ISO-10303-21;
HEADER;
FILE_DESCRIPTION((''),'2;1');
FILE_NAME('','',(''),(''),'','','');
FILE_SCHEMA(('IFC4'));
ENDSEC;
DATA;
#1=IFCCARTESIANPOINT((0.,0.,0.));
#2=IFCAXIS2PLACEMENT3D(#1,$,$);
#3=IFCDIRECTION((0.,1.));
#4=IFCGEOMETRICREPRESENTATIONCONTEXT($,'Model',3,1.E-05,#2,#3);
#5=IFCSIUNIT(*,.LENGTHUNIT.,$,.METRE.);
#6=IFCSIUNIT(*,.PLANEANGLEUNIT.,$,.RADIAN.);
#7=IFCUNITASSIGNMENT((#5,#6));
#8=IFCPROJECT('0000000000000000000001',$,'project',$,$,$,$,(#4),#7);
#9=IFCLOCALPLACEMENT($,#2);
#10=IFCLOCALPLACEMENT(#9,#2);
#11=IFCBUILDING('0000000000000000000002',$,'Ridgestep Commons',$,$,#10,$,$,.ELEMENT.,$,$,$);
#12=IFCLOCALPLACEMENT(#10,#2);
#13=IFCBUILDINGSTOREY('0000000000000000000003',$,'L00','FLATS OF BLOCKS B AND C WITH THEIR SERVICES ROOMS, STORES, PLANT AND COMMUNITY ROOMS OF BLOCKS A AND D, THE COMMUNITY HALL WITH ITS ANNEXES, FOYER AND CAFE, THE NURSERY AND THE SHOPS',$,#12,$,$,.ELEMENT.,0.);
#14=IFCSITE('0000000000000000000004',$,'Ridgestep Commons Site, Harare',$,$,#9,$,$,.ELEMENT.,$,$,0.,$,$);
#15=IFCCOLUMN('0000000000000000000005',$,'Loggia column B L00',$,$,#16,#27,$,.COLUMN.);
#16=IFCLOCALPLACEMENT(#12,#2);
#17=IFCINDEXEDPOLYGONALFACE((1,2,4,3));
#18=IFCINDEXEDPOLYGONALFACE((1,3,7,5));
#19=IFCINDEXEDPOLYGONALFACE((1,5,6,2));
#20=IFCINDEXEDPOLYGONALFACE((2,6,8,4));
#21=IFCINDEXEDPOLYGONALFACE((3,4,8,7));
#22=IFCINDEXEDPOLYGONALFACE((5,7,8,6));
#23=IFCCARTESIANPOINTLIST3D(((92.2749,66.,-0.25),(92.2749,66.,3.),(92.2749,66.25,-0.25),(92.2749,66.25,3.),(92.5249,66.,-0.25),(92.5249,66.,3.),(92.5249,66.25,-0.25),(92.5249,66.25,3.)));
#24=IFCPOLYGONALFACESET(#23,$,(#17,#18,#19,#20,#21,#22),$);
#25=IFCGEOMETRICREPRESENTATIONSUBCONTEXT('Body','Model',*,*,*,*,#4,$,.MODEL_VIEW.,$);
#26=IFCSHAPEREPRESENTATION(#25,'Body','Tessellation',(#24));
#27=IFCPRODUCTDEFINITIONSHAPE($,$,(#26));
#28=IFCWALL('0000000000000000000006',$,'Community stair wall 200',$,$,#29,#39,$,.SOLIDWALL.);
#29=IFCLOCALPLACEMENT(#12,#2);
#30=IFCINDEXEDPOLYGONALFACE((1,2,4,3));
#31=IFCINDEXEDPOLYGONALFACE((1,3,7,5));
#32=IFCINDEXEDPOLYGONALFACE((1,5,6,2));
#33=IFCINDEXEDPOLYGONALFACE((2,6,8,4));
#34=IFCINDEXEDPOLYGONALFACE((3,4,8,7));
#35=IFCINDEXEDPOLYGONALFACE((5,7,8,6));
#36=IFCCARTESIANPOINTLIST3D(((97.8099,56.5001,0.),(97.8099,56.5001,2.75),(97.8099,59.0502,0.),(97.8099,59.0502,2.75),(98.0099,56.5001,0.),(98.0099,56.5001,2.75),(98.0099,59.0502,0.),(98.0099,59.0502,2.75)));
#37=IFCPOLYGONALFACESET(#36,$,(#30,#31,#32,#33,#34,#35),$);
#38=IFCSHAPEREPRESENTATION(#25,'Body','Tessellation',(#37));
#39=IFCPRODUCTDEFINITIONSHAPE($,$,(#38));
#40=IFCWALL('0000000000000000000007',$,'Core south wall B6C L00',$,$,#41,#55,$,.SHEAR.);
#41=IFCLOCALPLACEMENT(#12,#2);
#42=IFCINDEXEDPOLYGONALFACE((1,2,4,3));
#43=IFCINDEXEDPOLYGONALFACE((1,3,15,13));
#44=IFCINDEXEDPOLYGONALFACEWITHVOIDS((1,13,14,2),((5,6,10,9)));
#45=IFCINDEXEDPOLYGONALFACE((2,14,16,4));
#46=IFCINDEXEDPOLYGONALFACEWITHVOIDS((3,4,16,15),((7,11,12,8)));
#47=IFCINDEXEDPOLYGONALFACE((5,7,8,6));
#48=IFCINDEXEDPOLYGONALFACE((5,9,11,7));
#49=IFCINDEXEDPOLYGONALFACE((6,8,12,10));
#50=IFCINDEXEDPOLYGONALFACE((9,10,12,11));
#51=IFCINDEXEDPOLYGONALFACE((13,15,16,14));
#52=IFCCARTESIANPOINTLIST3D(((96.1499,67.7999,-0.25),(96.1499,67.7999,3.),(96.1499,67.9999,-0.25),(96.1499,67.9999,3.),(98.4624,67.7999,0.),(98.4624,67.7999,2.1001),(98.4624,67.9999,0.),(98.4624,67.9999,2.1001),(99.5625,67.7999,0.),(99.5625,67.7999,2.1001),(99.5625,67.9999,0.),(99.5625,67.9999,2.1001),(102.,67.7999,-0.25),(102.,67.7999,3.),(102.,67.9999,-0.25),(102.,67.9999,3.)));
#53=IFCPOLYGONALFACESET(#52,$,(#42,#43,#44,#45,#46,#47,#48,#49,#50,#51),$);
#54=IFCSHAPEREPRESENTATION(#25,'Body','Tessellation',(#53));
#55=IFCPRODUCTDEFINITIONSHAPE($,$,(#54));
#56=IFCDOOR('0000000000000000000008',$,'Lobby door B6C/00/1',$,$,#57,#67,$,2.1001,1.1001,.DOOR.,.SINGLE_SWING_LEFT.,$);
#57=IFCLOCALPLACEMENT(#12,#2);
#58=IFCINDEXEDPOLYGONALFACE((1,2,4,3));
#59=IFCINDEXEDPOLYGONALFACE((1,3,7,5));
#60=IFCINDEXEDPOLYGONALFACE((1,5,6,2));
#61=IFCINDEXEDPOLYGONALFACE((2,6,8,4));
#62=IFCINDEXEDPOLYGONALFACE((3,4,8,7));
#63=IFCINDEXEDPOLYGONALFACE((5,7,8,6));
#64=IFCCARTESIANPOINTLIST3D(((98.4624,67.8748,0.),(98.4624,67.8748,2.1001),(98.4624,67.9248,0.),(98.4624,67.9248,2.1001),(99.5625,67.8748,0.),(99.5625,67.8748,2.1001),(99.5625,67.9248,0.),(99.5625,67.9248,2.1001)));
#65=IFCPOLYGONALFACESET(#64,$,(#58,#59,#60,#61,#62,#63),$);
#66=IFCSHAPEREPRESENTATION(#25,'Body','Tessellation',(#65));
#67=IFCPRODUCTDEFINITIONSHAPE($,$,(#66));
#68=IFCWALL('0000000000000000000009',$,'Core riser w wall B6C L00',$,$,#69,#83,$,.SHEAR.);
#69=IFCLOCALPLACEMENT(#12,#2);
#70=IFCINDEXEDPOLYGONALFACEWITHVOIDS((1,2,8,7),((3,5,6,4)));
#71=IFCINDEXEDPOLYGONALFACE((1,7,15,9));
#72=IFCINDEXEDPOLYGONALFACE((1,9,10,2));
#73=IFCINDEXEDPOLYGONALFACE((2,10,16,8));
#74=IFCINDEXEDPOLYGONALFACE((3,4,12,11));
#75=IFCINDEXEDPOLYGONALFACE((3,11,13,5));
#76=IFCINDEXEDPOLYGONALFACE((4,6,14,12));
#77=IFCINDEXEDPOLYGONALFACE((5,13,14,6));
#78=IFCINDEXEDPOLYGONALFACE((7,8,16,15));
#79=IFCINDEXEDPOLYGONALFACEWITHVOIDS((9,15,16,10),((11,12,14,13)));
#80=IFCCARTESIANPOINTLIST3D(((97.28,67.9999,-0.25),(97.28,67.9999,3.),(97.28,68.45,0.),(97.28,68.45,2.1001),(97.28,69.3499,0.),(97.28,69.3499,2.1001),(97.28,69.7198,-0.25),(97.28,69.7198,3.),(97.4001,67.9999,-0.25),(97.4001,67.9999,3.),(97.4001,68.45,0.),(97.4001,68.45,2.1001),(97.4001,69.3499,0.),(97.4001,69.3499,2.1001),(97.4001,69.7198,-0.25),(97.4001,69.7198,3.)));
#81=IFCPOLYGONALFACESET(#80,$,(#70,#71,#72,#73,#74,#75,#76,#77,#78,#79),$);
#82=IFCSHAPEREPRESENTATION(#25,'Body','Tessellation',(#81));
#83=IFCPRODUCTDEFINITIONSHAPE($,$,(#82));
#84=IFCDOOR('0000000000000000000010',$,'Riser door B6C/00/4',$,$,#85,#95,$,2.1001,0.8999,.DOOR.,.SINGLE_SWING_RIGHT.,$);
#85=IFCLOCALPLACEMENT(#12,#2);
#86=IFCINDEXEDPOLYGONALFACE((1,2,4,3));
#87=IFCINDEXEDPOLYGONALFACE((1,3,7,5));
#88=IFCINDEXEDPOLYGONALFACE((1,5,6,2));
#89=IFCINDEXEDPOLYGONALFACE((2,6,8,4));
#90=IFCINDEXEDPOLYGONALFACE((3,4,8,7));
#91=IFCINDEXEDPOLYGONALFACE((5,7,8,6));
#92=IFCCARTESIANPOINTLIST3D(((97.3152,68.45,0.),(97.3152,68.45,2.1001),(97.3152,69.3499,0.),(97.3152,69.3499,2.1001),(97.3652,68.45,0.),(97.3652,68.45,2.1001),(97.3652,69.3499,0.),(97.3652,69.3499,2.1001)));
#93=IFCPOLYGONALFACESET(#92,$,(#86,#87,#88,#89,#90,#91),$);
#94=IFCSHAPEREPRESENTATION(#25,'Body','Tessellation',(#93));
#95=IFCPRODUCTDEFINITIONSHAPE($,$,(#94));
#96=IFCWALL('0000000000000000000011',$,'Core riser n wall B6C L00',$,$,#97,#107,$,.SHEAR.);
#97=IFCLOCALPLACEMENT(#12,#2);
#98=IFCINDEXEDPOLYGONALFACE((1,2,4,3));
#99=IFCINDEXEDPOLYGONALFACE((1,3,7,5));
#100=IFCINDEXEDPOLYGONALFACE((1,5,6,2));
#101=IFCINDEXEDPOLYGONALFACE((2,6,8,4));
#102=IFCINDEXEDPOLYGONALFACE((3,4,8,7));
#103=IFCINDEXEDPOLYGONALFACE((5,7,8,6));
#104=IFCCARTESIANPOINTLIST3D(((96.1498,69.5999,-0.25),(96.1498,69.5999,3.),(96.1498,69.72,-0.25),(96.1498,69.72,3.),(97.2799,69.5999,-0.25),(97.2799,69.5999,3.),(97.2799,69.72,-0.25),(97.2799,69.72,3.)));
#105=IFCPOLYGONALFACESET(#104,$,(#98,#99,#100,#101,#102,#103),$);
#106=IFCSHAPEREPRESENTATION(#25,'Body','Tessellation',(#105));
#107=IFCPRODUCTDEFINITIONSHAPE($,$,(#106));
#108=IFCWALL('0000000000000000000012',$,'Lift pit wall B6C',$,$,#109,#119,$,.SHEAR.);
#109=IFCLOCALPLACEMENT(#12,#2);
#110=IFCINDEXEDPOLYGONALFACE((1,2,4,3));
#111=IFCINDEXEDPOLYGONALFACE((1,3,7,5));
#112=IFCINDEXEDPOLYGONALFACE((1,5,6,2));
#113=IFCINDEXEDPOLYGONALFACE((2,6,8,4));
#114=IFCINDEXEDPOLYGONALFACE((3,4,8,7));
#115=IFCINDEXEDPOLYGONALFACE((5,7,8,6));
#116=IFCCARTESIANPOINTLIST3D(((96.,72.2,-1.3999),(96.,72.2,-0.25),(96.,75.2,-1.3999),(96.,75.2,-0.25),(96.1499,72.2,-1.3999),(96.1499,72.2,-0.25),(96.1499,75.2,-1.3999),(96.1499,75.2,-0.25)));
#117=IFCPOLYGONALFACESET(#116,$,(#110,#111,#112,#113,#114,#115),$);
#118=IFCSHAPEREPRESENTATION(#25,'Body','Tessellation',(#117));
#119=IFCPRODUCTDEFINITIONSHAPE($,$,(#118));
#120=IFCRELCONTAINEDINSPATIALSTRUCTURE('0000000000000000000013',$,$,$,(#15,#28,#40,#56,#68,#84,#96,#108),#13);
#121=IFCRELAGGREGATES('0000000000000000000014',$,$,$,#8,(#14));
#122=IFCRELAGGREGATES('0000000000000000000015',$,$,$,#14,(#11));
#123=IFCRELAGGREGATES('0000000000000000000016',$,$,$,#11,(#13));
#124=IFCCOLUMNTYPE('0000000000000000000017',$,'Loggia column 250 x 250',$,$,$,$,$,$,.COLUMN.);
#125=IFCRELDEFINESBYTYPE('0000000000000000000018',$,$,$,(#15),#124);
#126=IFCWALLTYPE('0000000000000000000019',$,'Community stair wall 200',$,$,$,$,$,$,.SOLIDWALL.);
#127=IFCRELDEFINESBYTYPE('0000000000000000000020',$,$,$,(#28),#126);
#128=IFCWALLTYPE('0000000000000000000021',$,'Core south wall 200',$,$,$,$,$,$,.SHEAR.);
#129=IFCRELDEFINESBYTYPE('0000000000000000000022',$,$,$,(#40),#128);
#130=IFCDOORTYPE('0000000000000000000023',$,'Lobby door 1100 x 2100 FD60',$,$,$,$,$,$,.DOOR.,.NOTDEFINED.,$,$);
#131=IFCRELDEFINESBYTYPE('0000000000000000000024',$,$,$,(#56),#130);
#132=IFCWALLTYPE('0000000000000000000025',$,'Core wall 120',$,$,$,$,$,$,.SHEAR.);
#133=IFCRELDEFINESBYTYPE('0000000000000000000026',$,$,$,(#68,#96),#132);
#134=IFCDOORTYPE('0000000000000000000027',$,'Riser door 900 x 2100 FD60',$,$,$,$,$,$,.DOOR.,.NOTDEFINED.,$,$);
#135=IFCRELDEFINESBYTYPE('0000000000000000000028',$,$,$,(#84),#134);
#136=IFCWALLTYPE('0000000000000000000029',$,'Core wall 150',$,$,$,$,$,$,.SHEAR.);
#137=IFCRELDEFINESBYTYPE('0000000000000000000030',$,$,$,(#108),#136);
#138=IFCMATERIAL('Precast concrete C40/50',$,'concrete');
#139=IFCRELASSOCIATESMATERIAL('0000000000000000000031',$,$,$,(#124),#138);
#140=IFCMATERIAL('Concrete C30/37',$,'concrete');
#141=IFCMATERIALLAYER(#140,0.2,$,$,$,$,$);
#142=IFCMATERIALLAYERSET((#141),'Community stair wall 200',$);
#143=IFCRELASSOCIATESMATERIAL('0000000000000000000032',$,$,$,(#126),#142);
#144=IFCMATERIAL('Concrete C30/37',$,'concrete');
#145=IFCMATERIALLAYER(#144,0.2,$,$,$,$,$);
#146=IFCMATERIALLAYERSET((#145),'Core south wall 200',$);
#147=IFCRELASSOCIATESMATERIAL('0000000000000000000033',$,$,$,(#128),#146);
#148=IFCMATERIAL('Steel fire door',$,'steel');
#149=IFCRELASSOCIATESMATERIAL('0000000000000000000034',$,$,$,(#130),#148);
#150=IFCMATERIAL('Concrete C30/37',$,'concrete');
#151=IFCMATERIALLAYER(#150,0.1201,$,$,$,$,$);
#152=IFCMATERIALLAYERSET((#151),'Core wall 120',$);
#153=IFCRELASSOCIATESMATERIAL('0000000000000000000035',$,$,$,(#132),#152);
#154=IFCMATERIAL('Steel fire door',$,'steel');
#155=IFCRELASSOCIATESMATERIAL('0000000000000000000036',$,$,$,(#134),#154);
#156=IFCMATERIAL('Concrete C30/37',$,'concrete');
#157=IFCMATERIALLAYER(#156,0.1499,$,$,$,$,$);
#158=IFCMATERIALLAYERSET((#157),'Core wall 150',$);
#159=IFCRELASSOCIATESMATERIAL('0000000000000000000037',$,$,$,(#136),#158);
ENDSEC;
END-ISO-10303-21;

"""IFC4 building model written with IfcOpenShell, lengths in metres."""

from ifc_helpers import new_model, si_unit, direction, frame, frame_2d, origin, origin_2d, place, context, subcontext, project, spatial, rectangle, extrude, material, layer, layer_set, material_profile, profile_set, type_object, element, fill, save


model = new_model("IFC4")

# Units and contexts
model_context = context("Model", 3, precision=1e-05, world=origin(), true_north=direction((0.0, 1.0)))
body_context = subcontext(model_context, "Body", "Model", "MODEL_VIEW")
ifc_project = project(units=[si_unit("LENGTHUNIT", "METRE"), si_unit("PLANEANGLEUNIT", "RADIAN")], contexts=[model_context])

# Site, building, storey
site_placement = place(None, origin())
site = spatial("IfcSite", under=ifc_project, at=site_placement, Name="Ridgestep Commons Site, Harare", CompositionType="ELEMENT", RefElevation=0.0)
building_placement = place(site_placement, origin())
building = spatial("IfcBuilding", under=site, at=building_placement, Name="Ridgestep Commons", CompositionType="ELEMENT")
storey_placement = place(building_placement, origin())
storey = spatial("IfcBuildingStorey", under=building, at=storey_placement, Name="L00", Description="FLATS OF BLOCKS B AND C WITH THEIR SERVICES ROOMS, STORES, PLANT AND COMMUNITY ROOMS OF BLOCKS A AND D, THE COMMUNITY HALL WITH ITS ANNEXES, FOYER AND CAFE, THE NURSERY AND THE SHOPS", CompositionType="ELEMENT", Elevation=0.0)

# Column
ifc_material_1 = material(Name="Precast concrete C40/50", Category="concrete")
ifc_material_profile = material_profile(ifc_material_1, rectangle(XDim=0.25, YDim=0.25, at=origin_2d()), Name="PC 250x250")
ifc_profile_set = profile_set([ifc_material_profile], Name="Precast concrete C40/50")
column_type = type_object("IfcColumnType", Name="Loggia column 250 x 250", PredefinedType="COLUMN", material=ifc_profile_set)
column_placement = place(storey_placement, frame((92.3999, 66.125, -0.25), z_axis=(0.0, 0.0, 1.0), x_axis=(1.0, 0.0, 0.0)))
element("IfcColumn", 1, at=column_placement, inside=storey, type_object=column_type, Name="Loggia column B L00", PredefinedType="COLUMN", context=body_context, shape_type="SweptSolid", body=[
    extrude(rectangle(XDim=0.25, YDim=0.25, at=origin_2d()), origin(), (0.0, 0.0, 1.0), 3.25),
])

# Wall
ifc_material_2 = material(Name="Concrete C30/37", Category="concrete")
ifc_layer_1 = layer(ifc_material_2, 0.2)
ifc_layer_set_1 = layer_set([ifc_layer_1], Name="Community stair wall 200")
wall_type_1 = type_object("IfcWallType", Name="Community stair wall 200", PredefinedType="SOLIDWALL", material=ifc_layer_set_1)
wall_1_placement = place(storey_placement, frame((97.9099, 59.05, 0.0), z_axis=(0.0, 0.0, 1.0), x_axis=(0.0, -1.0, 0.0)))
element("IfcWall", 2, at=wall_1_placement, inside=storey, type_object=wall_type_1, Name="Community stair wall 200", PredefinedType="SOLIDWALL", context=body_context, shape_type="SweptSolid", body=[
    extrude(rectangle(XDim=2.55, YDim=0.2, at=frame_2d((1.2749, 0.0))), origin(), (0.0, 0.0, 1.0), 2.75),
])

# Walls, openings, doors
ifc_material_3 = material(Name="Concrete C30/37", Category="concrete")
ifc_layer_2 = layer(ifc_material_3, 0.2)
ifc_layer_set_2 = layer_set([ifc_layer_2], Name="Core south wall 200")
wall_type_2 = type_object("IfcWallType", Name="Core south wall 200", PredefinedType="SHEAR", material=ifc_layer_set_2)
wall_2_placement = place(storey_placement, frame((96.1499, 67.8999, -0.25), z_axis=(0.0, 0.0, 1.0), x_axis=(1.0, 0.0, 0.0)))
wall_2 = element("IfcWall", 3, at=wall_2_placement, inside=storey, type_object=wall_type_2, Name="Core south wall B6C L00", PredefinedType="SHEAR", context=body_context, shape_type="SweptSolid", body=[
    extrude(rectangle(XDim=5.8501, YDim=0.2, at=frame_2d((2.925, 0.0))), origin(), (0.0, 0.0, 1.0), 3.25),
])
opening_1_placement = place(wall_2_placement, frame((2.3125, 0.0, 0.25)))
opening_1 = element("IfcOpeningElement", 4, at=opening_1_placement, cuts=wall_2, PredefinedType="OPENING", context=body_context, shape_type="SweptSolid", body=[
    extrude(rectangle(XDim=1.1001, YDim=2.1001, at=frame_2d((0.55, 1.05))), frame((0.0, 0.1099, 0.0), z_axis=(0.0, -1.0, 0.0), x_axis=(1.0, 0.0, 0.0)), (0.0, 0.0, 1.0), 0.22),
])
ifc_material_4 = material(Name="Steel fire door", Category="steel")
door_type_1 = type_object("IfcDoorType", Name="Lobby door 1100 x 2100 FD60", OperationType="NOTDEFINED", PredefinedType="DOOR", material=ifc_material_4)
door_1_placement = place(opening_1_placement, origin())
door_1 = element("IfcDoor", 5, at=door_1_placement, inside=storey, type_object=door_type_1, Name="Lobby door B6C/00/1", OperationType="SINGLE_SWING_LEFT", OverallHeight=2.1001, OverallWidth=1.1001, PredefinedType="DOOR", context=body_context, shape_type="SweptSolid", body=[
    extrude(rectangle(XDim=1.1001, YDim=2.1001, at=frame_2d((0.55, 1.05))), frame((0.0, 0.0249, 0.0), z_axis=(0.0, -1.0, 0.0), x_axis=(1.0, 0.0, 0.0)), (0.0, 0.0, 1.0), 0.05),
])
fill(opening_1, door_1)
ifc_material_5 = material(Name="Concrete C30/37", Category="concrete")
ifc_layer_3 = layer(ifc_material_5, 0.1201)
ifc_layer_set_3 = layer_set([ifc_layer_3], Name="Core wall 120")
wall_type_3 = type_object("IfcWallType", Name="Core wall 120", PredefinedType="SHEAR", material=ifc_layer_set_3)
wall_3_placement = place(storey_placement, frame((97.3401, 68.0, -0.25), z_axis=(0.0, 0.0, 1.0), x_axis=(0.0, 1.0, 0.0)))
wall_3 = element("IfcWall", 6, at=wall_3_placement, inside=storey, type_object=wall_type_3, Name="Core riser w wall B6C L00", PredefinedType="SHEAR", context=body_context, shape_type="SweptSolid", body=[
    extrude(rectangle(XDim=1.72, YDim=0.1201, at=frame_2d((0.8599, 0.0))), origin(), (0.0, 0.0, 1.0), 3.25),
])
opening_2_placement = place(wall_3_placement, frame((0.45, 0.0, 0.25)))
opening_2 = element("IfcOpeningElement", 7, at=opening_2_placement, cuts=wall_3, PredefinedType="OPENING", context=body_context, shape_type="SweptSolid", body=[
    extrude(rectangle(XDim=0.8999, YDim=2.1001, at=frame_2d((0.45, 1.05))), frame((0.0, 0.0701, 0.0), z_axis=(0.0, -1.0, 0.0), x_axis=(1.0, 0.0, 0.0)), (0.0, 0.0, 1.0), 0.1401),
])
ifc_material_6 = material(Name="Steel fire door", Category="steel")
door_type_2 = type_object("IfcDoorType", Name="Riser door 900 x 2100 FD60", OperationType="NOTDEFINED", PredefinedType="DOOR", material=ifc_material_6)
door_2_placement = place(opening_2_placement, origin())
door_2 = element("IfcDoor", 8, at=door_2_placement, inside=storey, type_object=door_type_2, Name="Riser door B6C/00/4", OperationType="SINGLE_SWING_RIGHT", OverallHeight=2.1001, OverallWidth=0.8999, PredefinedType="DOOR", context=body_context, shape_type="SweptSolid", body=[
    extrude(rectangle(XDim=0.8999, YDim=2.1001, at=frame_2d((0.45, 1.05))), frame((0.0, 0.0249, 0.0), z_axis=(0.0, -1.0, 0.0), x_axis=(1.0, 0.0, 0.0)), (0.0, 0.0, 1.0), 0.05),
])
fill(opening_2, door_2)

# Walls
wall_4_placement = place(storey_placement, frame((96.1499, 69.6599, -0.25), z_axis=(0.0, 0.0, 1.0), x_axis=(1.0, 0.0, 0.0)))
element("IfcWall", 9, at=wall_4_placement, inside=storey, type_object=wall_type_3, Name="Core riser n wall B6C L00", PredefinedType="SHEAR", context=body_context, shape_type="SweptSolid", body=[
    extrude(rectangle(XDim=1.1301, YDim=0.1201, at=frame_2d((0.5649, 0.0))), origin(), (0.0, 0.0, 1.0), 3.25),
])
ifc_material_7 = material(Name="Concrete C30/37", Category="concrete")
ifc_layer_4 = layer(ifc_material_7, 0.1499)
ifc_layer_set_4 = layer_set([ifc_layer_4], Name="Core wall 150")
wall_type_4 = type_object("IfcWallType", Name="Core wall 150", PredefinedType="SHEAR", material=ifc_layer_set_4)
wall_5_placement = place(storey_placement, frame((96.075, 72.2, -1.3999), z_axis=(0.0, 0.0, 1.0), x_axis=(0.0, 1.0, 0.0)))
element("IfcWall", 10, at=wall_5_placement, inside=storey, type_object=wall_type_4, Name="Lift pit wall B6C", PredefinedType="SHEAR", context=body_context, shape_type="SweptSolid", body=[
    extrude(rectangle(XDim=3.0, YDim=0.1499, at=frame_2d((1.5, 0.0))), origin(), (0.0, 0.0, 1.0), 1.1499),
])

save(model, "model.ifc")
